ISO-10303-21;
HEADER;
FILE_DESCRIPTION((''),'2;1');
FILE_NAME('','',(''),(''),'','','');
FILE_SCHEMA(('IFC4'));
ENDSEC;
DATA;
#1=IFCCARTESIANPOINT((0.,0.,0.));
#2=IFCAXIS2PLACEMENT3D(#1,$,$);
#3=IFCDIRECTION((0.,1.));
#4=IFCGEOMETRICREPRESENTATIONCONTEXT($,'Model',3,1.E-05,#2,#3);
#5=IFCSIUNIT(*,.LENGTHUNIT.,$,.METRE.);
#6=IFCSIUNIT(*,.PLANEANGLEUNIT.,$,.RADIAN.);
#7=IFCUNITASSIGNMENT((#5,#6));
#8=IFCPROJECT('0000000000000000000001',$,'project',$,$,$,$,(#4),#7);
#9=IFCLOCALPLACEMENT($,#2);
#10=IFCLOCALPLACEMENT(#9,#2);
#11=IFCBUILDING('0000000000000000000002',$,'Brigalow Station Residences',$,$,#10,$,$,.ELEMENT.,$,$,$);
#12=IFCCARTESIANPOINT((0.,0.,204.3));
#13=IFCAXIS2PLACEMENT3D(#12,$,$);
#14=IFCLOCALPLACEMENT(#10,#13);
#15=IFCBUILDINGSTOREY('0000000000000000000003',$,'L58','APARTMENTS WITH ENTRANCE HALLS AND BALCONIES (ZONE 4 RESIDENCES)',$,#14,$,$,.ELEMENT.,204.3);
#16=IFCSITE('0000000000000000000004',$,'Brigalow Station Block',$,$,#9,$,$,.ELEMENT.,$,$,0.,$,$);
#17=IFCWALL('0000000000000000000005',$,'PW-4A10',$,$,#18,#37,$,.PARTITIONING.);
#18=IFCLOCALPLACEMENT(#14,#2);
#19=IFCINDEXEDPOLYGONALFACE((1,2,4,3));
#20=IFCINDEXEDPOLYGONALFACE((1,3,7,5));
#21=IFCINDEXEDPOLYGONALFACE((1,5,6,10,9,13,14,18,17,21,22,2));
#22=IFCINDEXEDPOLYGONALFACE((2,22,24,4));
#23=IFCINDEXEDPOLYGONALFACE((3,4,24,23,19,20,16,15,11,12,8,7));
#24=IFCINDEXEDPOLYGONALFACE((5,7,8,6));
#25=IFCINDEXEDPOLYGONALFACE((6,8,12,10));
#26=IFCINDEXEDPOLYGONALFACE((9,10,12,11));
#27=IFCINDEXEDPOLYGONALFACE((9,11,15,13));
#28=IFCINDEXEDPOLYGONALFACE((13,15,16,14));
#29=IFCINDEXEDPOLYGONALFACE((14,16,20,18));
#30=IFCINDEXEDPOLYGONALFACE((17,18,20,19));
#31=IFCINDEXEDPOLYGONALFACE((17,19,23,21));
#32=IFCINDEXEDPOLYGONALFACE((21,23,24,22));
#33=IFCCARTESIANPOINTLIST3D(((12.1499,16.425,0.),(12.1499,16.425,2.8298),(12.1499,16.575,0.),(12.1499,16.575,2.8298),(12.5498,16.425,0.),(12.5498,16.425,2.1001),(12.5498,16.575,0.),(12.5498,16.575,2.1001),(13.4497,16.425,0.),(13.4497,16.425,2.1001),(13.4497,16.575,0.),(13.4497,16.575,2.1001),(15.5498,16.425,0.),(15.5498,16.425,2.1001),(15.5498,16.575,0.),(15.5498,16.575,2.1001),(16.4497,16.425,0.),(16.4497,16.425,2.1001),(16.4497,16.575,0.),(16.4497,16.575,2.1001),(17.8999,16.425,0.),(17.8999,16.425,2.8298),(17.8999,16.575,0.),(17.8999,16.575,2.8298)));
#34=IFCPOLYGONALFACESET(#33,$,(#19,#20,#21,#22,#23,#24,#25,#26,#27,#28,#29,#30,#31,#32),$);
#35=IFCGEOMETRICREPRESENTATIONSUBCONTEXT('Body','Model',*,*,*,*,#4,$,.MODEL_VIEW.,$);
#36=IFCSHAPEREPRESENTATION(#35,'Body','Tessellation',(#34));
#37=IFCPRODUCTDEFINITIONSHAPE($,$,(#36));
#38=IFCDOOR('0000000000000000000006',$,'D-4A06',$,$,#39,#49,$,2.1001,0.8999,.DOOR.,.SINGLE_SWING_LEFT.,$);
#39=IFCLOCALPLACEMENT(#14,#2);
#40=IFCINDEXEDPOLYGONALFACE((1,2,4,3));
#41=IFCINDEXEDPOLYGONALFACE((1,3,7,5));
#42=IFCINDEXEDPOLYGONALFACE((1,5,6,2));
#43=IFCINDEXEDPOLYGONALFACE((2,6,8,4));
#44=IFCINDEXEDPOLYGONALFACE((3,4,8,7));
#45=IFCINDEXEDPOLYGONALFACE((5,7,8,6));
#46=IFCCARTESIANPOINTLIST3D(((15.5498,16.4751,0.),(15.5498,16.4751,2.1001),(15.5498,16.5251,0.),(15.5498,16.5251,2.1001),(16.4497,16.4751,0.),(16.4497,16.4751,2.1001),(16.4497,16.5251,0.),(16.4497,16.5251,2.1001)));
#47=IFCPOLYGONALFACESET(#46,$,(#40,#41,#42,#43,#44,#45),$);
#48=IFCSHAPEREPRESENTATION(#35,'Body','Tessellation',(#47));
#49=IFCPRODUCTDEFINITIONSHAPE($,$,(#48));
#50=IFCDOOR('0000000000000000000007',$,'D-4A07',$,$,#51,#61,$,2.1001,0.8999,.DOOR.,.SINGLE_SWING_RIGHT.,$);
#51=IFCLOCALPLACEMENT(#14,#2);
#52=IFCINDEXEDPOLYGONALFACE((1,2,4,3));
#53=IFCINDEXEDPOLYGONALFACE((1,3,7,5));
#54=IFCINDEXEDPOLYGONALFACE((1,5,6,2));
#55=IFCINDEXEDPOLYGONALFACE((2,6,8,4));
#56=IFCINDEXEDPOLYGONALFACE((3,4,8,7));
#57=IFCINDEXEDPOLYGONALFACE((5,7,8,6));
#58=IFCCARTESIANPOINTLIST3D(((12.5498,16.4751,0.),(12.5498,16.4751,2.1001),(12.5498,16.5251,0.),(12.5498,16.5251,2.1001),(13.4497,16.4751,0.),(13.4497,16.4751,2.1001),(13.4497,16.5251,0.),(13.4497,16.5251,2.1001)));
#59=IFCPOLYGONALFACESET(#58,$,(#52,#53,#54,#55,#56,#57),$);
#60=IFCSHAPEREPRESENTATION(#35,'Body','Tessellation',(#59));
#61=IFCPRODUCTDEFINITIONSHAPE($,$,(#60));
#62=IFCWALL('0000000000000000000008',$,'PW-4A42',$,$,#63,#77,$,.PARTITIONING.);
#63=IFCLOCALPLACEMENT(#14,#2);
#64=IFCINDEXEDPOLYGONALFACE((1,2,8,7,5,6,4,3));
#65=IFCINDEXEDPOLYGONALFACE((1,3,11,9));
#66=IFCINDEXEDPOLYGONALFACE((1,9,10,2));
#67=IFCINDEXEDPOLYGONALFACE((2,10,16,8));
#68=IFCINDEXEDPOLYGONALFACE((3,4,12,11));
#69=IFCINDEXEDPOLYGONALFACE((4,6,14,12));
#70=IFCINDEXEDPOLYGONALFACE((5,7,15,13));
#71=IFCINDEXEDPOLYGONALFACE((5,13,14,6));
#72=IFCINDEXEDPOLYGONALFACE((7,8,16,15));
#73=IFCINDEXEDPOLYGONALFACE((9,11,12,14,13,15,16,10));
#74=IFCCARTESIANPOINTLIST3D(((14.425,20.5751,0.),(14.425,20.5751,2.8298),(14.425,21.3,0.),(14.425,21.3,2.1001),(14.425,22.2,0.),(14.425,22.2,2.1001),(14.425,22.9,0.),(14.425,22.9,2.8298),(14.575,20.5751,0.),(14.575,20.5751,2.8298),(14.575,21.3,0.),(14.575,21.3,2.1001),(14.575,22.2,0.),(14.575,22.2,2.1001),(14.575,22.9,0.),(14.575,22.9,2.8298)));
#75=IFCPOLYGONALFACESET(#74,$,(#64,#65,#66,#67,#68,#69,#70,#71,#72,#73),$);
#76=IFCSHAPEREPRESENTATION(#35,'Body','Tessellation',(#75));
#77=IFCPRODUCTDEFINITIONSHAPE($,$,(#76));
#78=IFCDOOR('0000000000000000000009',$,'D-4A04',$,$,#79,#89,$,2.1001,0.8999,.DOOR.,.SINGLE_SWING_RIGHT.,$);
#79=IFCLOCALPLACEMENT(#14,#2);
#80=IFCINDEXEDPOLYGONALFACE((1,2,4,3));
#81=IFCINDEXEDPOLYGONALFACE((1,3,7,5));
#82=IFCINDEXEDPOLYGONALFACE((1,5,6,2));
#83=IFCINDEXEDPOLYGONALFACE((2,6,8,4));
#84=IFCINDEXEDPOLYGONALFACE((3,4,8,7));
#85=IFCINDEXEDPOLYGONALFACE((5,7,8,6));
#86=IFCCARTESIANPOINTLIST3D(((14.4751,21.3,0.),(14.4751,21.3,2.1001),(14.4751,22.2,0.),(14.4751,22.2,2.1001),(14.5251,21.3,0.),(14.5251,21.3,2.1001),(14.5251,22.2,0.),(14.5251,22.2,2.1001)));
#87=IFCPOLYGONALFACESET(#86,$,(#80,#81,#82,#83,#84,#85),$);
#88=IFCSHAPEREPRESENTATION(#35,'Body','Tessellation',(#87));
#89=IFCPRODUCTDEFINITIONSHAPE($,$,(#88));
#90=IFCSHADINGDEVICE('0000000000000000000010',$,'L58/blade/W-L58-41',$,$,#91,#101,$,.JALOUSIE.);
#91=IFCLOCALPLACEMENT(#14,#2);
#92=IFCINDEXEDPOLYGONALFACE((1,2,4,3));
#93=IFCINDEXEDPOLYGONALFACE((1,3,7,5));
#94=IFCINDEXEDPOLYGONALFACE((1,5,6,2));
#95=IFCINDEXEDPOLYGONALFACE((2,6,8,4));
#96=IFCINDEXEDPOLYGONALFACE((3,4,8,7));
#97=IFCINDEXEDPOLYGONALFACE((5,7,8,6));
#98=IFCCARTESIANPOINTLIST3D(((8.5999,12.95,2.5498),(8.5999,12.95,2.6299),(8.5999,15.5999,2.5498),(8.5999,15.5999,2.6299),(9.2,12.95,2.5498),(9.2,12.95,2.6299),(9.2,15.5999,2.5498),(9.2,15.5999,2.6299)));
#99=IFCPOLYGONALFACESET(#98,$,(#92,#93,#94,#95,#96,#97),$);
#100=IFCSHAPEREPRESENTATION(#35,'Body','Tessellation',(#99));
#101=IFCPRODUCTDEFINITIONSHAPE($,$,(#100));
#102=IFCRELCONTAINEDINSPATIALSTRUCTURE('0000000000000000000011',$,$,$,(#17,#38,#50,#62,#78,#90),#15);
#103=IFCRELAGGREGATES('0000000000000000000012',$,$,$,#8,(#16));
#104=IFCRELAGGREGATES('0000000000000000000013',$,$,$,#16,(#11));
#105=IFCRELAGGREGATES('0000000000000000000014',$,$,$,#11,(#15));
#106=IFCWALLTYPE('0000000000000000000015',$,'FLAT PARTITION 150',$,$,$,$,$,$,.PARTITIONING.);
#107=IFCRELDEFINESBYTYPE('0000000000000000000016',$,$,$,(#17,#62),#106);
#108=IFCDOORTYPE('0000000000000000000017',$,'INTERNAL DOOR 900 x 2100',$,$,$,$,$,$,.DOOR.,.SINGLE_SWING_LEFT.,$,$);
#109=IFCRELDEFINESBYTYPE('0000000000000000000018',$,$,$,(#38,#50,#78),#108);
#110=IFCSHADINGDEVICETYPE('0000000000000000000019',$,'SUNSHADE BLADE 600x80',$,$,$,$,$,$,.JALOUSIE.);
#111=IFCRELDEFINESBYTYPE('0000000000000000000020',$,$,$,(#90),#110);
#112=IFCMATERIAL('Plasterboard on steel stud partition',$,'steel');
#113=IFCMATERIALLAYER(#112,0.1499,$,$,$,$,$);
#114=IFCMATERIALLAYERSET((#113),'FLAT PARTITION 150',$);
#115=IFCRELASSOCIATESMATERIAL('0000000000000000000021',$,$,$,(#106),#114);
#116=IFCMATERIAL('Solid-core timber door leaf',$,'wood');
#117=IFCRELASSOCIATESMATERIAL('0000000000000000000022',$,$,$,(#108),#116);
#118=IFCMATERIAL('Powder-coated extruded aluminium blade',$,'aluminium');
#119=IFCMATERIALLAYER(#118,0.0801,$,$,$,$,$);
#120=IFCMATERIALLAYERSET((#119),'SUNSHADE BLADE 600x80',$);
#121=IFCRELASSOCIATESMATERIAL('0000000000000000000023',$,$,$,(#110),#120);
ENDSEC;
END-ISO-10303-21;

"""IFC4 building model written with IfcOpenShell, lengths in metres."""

from ifc_helpers import new_model, si_unit, direction, frame, frame_2d, origin, origin_2d, place, context, subcontext, project, spatial, rectangle, extrude, material, layer, layer_set, type_object, element, fill, save


model = new_model("IFC4")

# Units and contexts
model_context = context("Model", 3, precision=1e-05, world=origin(), true_north=direction((0.0, 1.0)))
body_context = subcontext(model_context, "Body", "Model", "MODEL_VIEW")
ifc_project = project(units=[si_unit("LENGTHUNIT", "METRE"), si_unit("PLANEANGLEUNIT", "RADIAN")], contexts=[model_context])

# Site, building, storey
site_placement = place(None, origin())
site = spatial("IfcSite", under=ifc_project, at=site_placement, Name="Brigalow Station Block", CompositionType="ELEMENT", RefElevation=0.0)
building_placement = place(site_placement, origin())
building = spatial("IfcBuilding", under=site, at=building_placement, Name="Brigalow Station Residences", CompositionType="ELEMENT")
storey_placement = place(building_placement, frame((0.0, 0.0, 204.3)))
storey = spatial("IfcBuildingStorey", under=building, at=storey_placement, Name="L58", Description="APARTMENTS WITH ENTRANCE HALLS AND BALCONIES (ZONE 4 RESIDENCES)", CompositionType="ELEMENT", Elevation=204.3)

# Shared definitions
ifc_material_1 = material(Name="Plasterboard on steel stud partition", Category="steel")
ifc_layer_1 = layer(ifc_material_1, 0.1499)
ifc_layer_set_1 = layer_set([ifc_layer_1], Name="FLAT PARTITION 150")
wall_type_1 = type_object("IfcWallType", Name="FLAT PARTITION 150", PredefinedType="PARTITIONING", material=ifc_layer_set_1)

# Wall, openings, doors
wall_1_placement = place(storey_placement, frame((12.1499, 16.5, 0.0), z_axis=(0.0, 0.0, 1.0), x_axis=(1.0, 0.0, 0.0)))
wall_1 = element("IfcWall", 1, at=wall_1_placement, inside=storey, type_object=wall_type_1, Name="PW-4A10", PredefinedType="PARTITIONING", context=body_context, shape_type="SweptSolid", body=[
    extrude(rectangle(XDim=5.75, YDim=0.1499, at=frame_2d((2.875, 0.0))), origin(), (0.0, 0.0, 1.0), 2.8298),
])
opening_1_placement = place(wall_1_placement, frame((3.3999, 0.0, 0.0)))
opening_1 = element("IfcOpeningElement", 2, at=opening_1_placement, cuts=wall_1, PredefinedType="OPENING", context=body_context, shape_type="SweptSolid", body=[
    extrude(rectangle(XDim=0.8999, YDim=2.1001, at=frame_2d((0.45, 1.05))), frame((0.0, 0.085, 0.0), z_axis=(0.0, -1.0, 0.0), x_axis=(1.0, 0.0, 0.0)), (0.0, 0.0, 1.0), 0.1699),
])
opening_2_placement = place(wall_1_placement, frame((0.3999, 0.0, 0.0)))
opening_2 = element("IfcOpeningElement", 3, at=opening_2_placement, cuts=wall_1, PredefinedType="OPENING", context=body_context, shape_type="SweptSolid", body=[
    extrude(rectangle(XDim=0.8999, YDim=2.1001, at=frame_2d((0.45, 1.05))), frame((0.0, 0.085, 0.0), z_axis=(0.0, -1.0, 0.0), x_axis=(1.0, 0.0, 0.0)), (0.0, 0.0, 1.0), 0.1699),
])
ifc_material_2 = material(Name="Solid-core timber door leaf", Category="wood")
door_type_1 = type_object("IfcDoorType", Name="INTERNAL DOOR 900 x 2100", OperationType="SINGLE_SWING_LEFT", PredefinedType="DOOR", material=ifc_material_2)
door_1_placement = place(opening_1_placement, frame((0.8999, 0.0, 0.0), z_axis=(0.0, 0.0, 1.0), x_axis=(-1.0, 0.0, 0.0)))
door_1 = element("IfcDoor", 4, at=door_1_placement, inside=storey, type_object=door_type_1, Name="D-4A06", OperationType="SINGLE_SWING_LEFT", OverallHeight=2.1001, OverallWidth=0.8999, PredefinedType="DOOR", context=body_context, shape_type="SweptSolid", body=[
    extrude(rectangle(XDim=0.8999, YDim=2.1001, at=frame_2d((0.45, 1.05))), frame((0.0, 0.0249, 0.0), z_axis=(0.0, -1.0, 0.0), x_axis=(1.0, 0.0, 0.0)), (0.0, 0.0, 1.0), 0.05),
])
fill(opening_1, door_1)
door_2_placement = place(opening_2_placement, frame((0.8999, 0.0, 0.0), z_axis=(0.0, 0.0, 1.0), x_axis=(-1.0, 0.0, 0.0)))
door_2 = element("IfcDoor", 5, at=door_2_placement, inside=storey, type_object=door_type_1, Name="D-4A07", OperationType="SINGLE_SWING_RIGHT", OverallHeight=2.1001, OverallWidth=0.8999, PredefinedType="DOOR", context=body_context, shape_type="SweptSolid", body=[
    extrude(rectangle(XDim=0.8999, YDim=2.1001, at=frame_2d((0.45, 1.05))), frame((0.0, 0.0249, 0.0), z_axis=(0.0, -1.0, 0.0), x_axis=(1.0, 0.0, 0.0)), (0.0, 0.0, 1.0), 0.05),
])
fill(opening_2, door_2)

# Wall, opening, door
wall_2_placement = place(storey_placement, frame((14.5, 20.575, 0.0), z_axis=(0.0, 0.0, 1.0), x_axis=(0.0, 1.0, 0.0)))
wall_2 = element("IfcWall", 6, at=wall_2_placement, inside=storey, type_object=wall_type_1, Name="PW-4A42", PredefinedType="PARTITIONING", context=body_context, shape_type="SweptSolid", body=[
    extrude(rectangle(XDim=2.325, YDim=0.1499, at=frame_2d((1.1626, 0.0))), origin(), (0.0, 0.0, 1.0), 2.8298),
])
opening_3_placement = place(wall_2_placement, frame((0.7251, 0.0, 0.0)))
opening_3 = element("IfcOpeningElement", 7, at=opening_3_placement, cuts=wall_2, PredefinedType="OPENING", context=body_context, shape_type="SweptSolid", body=[
    extrude(rectangle(XDim=0.8999, YDim=2.1001, at=frame_2d((0.45, 1.05))), frame((0.0, 0.085, 0.0), z_axis=(0.0, -1.0, 0.0), x_axis=(1.0, 0.0, 0.0)), (0.0, 0.0, 1.0), 0.1699),
])
door_3_placement = place(opening_3_placement, origin())
door_3 = element("IfcDoor", 8, at=door_3_placement, inside=storey, type_object=door_type_1, Name="D-4A04", OperationType="SINGLE_SWING_RIGHT", OverallHeight=2.1001, OverallWidth=0.8999, PredefinedType="DOOR", context=body_context, shape_type="SweptSolid", body=[
    extrude(rectangle(XDim=0.8999, YDim=2.1001, at=frame_2d((0.45, 1.05))), frame((0.0, 0.0249, 0.0), z_axis=(0.0, -1.0, 0.0), x_axis=(1.0, 0.0, 0.0)), (0.0, 0.0, 1.0), 0.05),
])
fill(opening_3, door_3)

# Shading device
ifc_material_3 = material(Name="Powder-coated extruded aluminium blade", Category="aluminium")
ifc_layer_2 = layer(ifc_material_3, 0.0801)
ifc_layer_set_2 = layer_set([ifc_layer_2], Name="SUNSHADE BLADE 600x80")
shading_device_type = type_object("IfcShadingDeviceType", Name="SUNSHADE BLADE 600x80", PredefinedType="JALOUSIE", material=ifc_layer_set_2)
shading_device_placement = place(storey_placement, frame((8.8999, 14.2749, 2.5498), z_axis=(0.0, 0.0, 1.0), x_axis=(0.0, -1.0, 0.0)))
element("IfcShadingDevice", 9, at=shading_device_placement, inside=storey, type_object=shading_device_type, Name="L58/blade/W-L58-41", PredefinedType="JALOUSIE", context=body_context, shape_type="SweptSolid", body=[
    extrude(rectangle(XDim=2.6499, YDim=0.6001, at=origin_2d()), origin(), (0.0, 0.0, 1.0), 0.0801),
])

save(model, "model.ifc")
